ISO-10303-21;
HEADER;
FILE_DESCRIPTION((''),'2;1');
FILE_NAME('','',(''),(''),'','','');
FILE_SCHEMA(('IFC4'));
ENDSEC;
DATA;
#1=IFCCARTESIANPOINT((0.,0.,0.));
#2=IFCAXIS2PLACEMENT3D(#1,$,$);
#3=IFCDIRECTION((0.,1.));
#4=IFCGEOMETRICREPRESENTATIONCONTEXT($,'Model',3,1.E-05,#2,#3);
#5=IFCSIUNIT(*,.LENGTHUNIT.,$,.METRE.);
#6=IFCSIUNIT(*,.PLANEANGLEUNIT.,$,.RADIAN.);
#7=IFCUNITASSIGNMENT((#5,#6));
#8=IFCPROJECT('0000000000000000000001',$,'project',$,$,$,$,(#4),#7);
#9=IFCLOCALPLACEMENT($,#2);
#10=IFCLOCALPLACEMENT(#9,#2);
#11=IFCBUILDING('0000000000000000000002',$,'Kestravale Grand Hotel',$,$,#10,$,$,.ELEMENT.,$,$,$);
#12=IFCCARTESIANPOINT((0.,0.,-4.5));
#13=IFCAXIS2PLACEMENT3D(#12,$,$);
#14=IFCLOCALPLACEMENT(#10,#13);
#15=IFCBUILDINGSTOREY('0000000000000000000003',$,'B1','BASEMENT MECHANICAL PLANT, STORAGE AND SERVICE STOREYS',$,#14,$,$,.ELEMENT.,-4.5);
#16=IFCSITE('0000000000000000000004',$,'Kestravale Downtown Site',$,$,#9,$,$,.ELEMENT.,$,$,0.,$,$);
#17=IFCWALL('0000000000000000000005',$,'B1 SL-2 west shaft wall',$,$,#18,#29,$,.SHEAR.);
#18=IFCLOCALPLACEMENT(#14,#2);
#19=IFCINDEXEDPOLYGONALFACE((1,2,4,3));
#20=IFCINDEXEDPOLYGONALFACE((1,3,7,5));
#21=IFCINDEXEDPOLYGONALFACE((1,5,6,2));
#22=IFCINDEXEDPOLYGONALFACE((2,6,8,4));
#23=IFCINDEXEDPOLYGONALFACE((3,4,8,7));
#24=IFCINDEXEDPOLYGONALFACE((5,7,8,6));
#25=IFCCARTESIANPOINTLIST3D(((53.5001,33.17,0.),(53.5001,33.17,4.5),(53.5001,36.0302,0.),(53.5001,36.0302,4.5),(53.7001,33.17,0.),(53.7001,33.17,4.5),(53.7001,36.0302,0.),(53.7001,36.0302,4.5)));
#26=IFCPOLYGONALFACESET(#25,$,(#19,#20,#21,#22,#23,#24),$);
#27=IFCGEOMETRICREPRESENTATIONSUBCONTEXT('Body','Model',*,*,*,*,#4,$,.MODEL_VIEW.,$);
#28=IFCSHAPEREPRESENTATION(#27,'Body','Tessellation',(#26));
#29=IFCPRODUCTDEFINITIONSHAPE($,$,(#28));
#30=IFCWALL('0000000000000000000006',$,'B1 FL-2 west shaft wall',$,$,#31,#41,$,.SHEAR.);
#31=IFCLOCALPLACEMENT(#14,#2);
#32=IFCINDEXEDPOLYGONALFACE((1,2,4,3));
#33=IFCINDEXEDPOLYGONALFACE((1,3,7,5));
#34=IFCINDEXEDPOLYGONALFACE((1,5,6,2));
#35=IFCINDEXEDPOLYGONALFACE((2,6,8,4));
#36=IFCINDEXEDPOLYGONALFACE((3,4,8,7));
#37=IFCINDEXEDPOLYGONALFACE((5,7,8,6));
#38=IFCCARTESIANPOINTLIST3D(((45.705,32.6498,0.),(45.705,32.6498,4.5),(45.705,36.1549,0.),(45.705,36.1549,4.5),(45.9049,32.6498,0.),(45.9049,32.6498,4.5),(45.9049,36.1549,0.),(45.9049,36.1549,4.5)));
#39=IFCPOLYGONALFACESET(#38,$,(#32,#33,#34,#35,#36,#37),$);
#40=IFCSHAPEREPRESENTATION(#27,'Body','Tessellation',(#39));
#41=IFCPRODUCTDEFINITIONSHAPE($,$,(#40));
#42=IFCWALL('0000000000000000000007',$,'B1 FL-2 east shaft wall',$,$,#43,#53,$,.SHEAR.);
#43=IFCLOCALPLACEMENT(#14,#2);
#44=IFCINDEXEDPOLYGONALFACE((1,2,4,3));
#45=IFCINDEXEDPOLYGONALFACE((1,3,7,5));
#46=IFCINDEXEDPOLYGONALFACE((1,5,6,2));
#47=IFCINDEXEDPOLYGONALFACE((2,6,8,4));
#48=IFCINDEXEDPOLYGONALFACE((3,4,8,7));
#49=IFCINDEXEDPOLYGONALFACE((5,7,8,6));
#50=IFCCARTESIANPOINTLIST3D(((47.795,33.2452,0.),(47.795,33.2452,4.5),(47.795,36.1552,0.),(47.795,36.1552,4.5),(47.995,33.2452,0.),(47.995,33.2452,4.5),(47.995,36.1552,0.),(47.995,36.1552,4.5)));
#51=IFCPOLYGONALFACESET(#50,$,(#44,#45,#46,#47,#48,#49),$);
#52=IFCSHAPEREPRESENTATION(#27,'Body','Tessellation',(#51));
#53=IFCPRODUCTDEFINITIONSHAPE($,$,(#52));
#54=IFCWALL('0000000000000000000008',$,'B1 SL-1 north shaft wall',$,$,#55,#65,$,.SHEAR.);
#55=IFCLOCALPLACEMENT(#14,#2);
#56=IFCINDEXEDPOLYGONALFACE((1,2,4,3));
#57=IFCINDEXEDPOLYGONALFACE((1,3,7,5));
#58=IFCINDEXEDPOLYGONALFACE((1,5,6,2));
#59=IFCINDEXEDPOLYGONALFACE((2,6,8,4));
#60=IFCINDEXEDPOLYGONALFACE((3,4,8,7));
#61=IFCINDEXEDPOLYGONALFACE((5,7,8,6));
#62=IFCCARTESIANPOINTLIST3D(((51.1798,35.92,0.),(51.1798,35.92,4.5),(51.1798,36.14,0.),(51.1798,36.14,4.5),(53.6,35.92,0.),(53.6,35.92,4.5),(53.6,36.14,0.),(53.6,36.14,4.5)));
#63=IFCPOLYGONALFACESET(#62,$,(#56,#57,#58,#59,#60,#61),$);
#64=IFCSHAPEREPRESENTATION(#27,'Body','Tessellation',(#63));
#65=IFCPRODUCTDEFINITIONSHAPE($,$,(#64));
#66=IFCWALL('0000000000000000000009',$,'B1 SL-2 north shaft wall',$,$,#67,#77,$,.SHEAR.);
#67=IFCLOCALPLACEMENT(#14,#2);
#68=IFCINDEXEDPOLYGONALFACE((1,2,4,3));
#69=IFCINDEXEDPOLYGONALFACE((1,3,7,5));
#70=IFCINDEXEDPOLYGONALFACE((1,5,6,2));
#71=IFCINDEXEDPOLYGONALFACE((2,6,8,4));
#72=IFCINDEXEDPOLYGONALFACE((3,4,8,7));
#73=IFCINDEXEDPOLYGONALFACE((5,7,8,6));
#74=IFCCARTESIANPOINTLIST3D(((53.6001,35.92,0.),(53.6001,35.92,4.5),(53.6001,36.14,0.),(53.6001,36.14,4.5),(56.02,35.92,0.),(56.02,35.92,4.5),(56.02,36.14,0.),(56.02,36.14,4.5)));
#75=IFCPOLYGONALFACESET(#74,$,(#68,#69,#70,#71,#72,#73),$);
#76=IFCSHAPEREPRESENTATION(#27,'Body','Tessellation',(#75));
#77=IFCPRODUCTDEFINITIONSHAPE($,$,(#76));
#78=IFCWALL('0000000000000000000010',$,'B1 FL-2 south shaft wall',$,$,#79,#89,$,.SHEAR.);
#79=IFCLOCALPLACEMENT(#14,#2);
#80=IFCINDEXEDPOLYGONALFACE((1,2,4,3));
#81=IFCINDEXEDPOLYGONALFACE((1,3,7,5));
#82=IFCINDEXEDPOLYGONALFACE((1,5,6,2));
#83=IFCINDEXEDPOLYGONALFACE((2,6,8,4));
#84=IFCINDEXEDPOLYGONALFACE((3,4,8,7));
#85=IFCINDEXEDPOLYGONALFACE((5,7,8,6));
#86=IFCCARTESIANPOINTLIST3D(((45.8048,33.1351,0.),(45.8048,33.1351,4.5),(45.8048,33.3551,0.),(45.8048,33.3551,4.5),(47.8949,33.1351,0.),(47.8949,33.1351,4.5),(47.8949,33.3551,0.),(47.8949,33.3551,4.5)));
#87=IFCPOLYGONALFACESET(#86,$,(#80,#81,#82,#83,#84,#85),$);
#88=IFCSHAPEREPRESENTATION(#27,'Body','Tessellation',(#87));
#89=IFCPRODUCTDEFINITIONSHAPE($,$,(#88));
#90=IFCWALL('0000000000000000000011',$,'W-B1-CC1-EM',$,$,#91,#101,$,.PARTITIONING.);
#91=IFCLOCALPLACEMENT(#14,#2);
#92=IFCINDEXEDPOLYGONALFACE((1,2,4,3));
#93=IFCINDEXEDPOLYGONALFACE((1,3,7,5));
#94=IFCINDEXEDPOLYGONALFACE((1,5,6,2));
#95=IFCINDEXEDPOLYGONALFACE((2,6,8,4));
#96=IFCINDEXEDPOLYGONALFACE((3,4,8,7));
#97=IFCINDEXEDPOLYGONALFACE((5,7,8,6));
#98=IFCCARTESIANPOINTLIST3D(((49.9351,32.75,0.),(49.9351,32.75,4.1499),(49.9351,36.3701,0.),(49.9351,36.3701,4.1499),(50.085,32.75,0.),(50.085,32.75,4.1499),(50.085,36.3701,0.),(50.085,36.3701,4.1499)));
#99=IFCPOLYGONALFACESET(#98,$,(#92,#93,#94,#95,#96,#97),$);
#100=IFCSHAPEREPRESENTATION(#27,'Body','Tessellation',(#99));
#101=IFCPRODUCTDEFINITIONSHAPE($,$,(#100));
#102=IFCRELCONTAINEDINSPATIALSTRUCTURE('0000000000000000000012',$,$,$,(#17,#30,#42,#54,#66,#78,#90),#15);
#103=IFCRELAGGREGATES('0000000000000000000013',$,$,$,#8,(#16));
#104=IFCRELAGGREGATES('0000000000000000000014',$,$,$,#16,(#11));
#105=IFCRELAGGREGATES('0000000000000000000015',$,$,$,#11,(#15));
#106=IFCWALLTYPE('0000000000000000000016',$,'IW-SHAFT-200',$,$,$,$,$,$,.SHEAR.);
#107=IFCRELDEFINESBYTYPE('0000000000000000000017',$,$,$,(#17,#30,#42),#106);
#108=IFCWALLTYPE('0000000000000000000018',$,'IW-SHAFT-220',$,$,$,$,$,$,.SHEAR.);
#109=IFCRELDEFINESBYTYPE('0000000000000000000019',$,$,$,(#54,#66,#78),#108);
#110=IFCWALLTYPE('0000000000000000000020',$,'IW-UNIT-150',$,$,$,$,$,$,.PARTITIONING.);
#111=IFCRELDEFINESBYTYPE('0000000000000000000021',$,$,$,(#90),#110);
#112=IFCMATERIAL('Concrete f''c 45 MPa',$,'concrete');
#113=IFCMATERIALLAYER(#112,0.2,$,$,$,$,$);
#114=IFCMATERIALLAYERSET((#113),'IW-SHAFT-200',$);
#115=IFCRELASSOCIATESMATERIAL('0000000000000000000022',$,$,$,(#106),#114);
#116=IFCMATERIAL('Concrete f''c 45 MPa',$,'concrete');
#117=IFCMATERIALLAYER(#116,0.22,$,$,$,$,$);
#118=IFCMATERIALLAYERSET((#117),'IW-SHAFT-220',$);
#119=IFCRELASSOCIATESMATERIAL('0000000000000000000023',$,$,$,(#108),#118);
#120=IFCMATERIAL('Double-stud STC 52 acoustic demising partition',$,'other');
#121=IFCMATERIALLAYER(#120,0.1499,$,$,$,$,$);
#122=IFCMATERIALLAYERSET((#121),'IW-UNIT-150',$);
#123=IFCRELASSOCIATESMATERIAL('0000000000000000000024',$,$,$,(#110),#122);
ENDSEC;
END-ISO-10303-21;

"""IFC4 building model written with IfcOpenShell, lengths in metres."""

from ifc_helpers import new_model, si_unit, direction, frame, frame_2d, origin, place, context, subcontext, project, spatial, rectangle, extrude, material, layer, layer_set, type_object, element, save


model = new_model("IFC4")

# Units and contexts
model_context = context("Model", 3, precision=1e-05, world=origin(), true_north=direction((0.0, 1.0)))
body_context = subcontext(model_context, "Body", "Model", "MODEL_VIEW")
ifc_project = project(units=[si_unit("LENGTHUNIT", "METRE"), si_unit("PLANEANGLEUNIT", "RADIAN")], contexts=[model_context])

# Site, building, storey
site_placement = place(None, origin())
site = spatial("IfcSite", under=ifc_project, at=site_placement, Name="Kestravale Downtown Site", CompositionType="ELEMENT", RefElevation=0.0)
building_placement = place(site_placement, origin())
building = spatial("IfcBuilding", under=site, at=building_placement, Name="Kestravale Grand Hotel", CompositionType="ELEMENT")
storey_placement = place(building_placement, frame((0.0, 0.0, -4.5)))
storey = spatial("IfcBuildingStorey", under=building, at=storey_placement, Name="B1", Description="BASEMENT MECHANICAL PLANT, STORAGE AND SERVICE STOREYS", CompositionType="ELEMENT", Elevation=-4.5)

# Walls
ifc_material_1 = material(Name="Concrete f'c 45 MPa", Category="concrete")
ifc_layer_1 = layer(ifc_material_1, 0.2)
ifc_layer_set_1 = layer_set([ifc_layer_1], Name="IW-SHAFT-200")
wall_type_1 = type_object("IfcWallType", Name="IW-SHAFT-200", PredefinedType="SHEAR", material=ifc_layer_set_1)
for number, where, z_axis, x_axis, name in (
    (1, (53.6001, 33.1699, 0.0), (0.0, 0.0, 1.0), (0.0, 1.0, 0.0), "B1 SL-2 west shaft wall"),
):
    element("IfcWall", number, at=place(storey_placement, frame(where, z_axis=z_axis, x_axis=x_axis)), inside=storey, type_object=wall_type_1, Name=name, PredefinedType="SHEAR", context=body_context, shape_type="SweptSolid", body=[
        extrude(rectangle(XDim=2.8601, YDim=0.2, at=frame_2d((1.4302, 0.0))), origin(), (0.0, 0.0, 1.0), 4.5),
    ])
wall_1_placement = place(storey_placement, frame((45.8049, 32.6499, 0.0), z_axis=(0.0, 0.0, 1.0), x_axis=(0.0, 1.0, 0.0)))
element("IfcWall", 2, at=wall_1_placement, inside=storey, type_object=wall_type_1, Name="B1 FL-2 west shaft wall", PredefinedType="SHEAR", context=body_context, shape_type="SweptSolid", body=[
    extrude(rectangle(XDim=3.5051, YDim=0.2, at=frame_2d((1.7524, 0.0))), origin(), (0.0, 0.0, 1.0), 4.5),
])
wall_2_placement = place(storey_placement, frame((47.895, 33.2451, 0.0), z_axis=(0.0, 0.0, 1.0), x_axis=(0.0, 1.0, 0.0)))
element("IfcWall", 3, at=wall_2_placement, inside=storey, type_object=wall_type_1, Name="B1 FL-2 east shaft wall", PredefinedType="SHEAR", context=body_context, shape_type="SweptSolid", body=[
    extrude(rectangle(XDim=2.9099, YDim=0.2, at=frame_2d((1.4551, 0.0))), origin(), (0.0, 0.0, 1.0), 4.5),
])
ifc_material_2 = material(Name="Concrete f'c 45 MPa", Category="concrete")
ifc_layer_2 = layer(ifc_material_2, 0.22)
ifc_layer_set_2 = layer_set([ifc_layer_2], Name="IW-SHAFT-220")
wall_type_2 = type_object("IfcWallType", Name="IW-SHAFT-220", PredefinedType="SHEAR", material=ifc_layer_set_2)
wall_3_placement = place(storey_placement, frame((51.1799, 36.03, 0.0), z_axis=(0.0, 0.0, 1.0), x_axis=(1.0, 0.0, 0.0)))
element("IfcWall", 4, at=wall_3_placement, inside=storey, type_object=wall_type_2, Name="B1 SL-1 north shaft wall", PredefinedType="SHEAR", context=body_context, shape_type="SweptSolid", body=[
    extrude(rectangle(XDim=2.4202, YDim=0.22, at=frame_2d((1.21, 0.0))), origin(), (0.0, 0.0, 1.0), 4.5),
])

# Wall
wall_4_placement = place(storey_placement, frame((53.6001, 36.03, 0.0), z_axis=(0.0, 0.0, 1.0), x_axis=(1.0, 0.0, 0.0)))
element("IfcWall", 5, at=wall_4_placement, inside=storey, type_object=wall_type_2, Name="B1 SL-2 north shaft wall", PredefinedType="SHEAR", context=body_context, shape_type="SweptSolid", body=[
    extrude(rectangle(XDim=2.4199, YDim=0.22, at=frame_2d((1.21, 0.0))), origin(), (0.0, 0.0, 1.0), 4.5),
])

# Walls
wall_5_placement = place(storey_placement, frame((45.8049, 33.2451, 0.0), z_axis=(0.0, 0.0, 1.0), x_axis=(1.0, 0.0, 0.0)))
element("IfcWall", 6, at=wall_5_placement, inside=storey, type_object=wall_type_2, Name="B1 FL-2 south shaft wall", PredefinedType="SHEAR", context=body_context, shape_type="SweptSolid", body=[
    extrude(rectangle(XDim=2.0901, YDim=0.22, at=frame_2d((1.0449, 0.0))), origin(), (0.0, 0.0, 1.0), 4.5),
])
ifc_material_3 = material(Name="Double-stud STC 52 acoustic demising partition", Category="other")
ifc_layer_3 = layer(ifc_material_3, 0.1499)
ifc_layer_set_3 = layer_set([ifc_layer_3], Name="IW-UNIT-150")
wall_type_3 = type_object("IfcWallType", Name="IW-UNIT-150", PredefinedType="PARTITIONING", material=ifc_layer_set_3)
wall_6_placement = place(storey_placement, frame((50.01, 32.75, 0.0), z_axis=(0.0, 0.0, 1.0), x_axis=(0.0, 1.0, 0.0)))
element("IfcWall", 7, at=wall_6_placement, inside=storey, type_object=wall_type_3, Name="W-B1-CC1-EM", PredefinedType="PARTITIONING", context=body_context, shape_type="SweptSolid", body=[
    extrude(rectangle(XDim=3.6201, YDim=0.1499, at=frame_2d((1.8101, 0.0))), origin(), (0.0, 0.0, 1.0), 4.1499),
])

save(model, "model.ifc")
